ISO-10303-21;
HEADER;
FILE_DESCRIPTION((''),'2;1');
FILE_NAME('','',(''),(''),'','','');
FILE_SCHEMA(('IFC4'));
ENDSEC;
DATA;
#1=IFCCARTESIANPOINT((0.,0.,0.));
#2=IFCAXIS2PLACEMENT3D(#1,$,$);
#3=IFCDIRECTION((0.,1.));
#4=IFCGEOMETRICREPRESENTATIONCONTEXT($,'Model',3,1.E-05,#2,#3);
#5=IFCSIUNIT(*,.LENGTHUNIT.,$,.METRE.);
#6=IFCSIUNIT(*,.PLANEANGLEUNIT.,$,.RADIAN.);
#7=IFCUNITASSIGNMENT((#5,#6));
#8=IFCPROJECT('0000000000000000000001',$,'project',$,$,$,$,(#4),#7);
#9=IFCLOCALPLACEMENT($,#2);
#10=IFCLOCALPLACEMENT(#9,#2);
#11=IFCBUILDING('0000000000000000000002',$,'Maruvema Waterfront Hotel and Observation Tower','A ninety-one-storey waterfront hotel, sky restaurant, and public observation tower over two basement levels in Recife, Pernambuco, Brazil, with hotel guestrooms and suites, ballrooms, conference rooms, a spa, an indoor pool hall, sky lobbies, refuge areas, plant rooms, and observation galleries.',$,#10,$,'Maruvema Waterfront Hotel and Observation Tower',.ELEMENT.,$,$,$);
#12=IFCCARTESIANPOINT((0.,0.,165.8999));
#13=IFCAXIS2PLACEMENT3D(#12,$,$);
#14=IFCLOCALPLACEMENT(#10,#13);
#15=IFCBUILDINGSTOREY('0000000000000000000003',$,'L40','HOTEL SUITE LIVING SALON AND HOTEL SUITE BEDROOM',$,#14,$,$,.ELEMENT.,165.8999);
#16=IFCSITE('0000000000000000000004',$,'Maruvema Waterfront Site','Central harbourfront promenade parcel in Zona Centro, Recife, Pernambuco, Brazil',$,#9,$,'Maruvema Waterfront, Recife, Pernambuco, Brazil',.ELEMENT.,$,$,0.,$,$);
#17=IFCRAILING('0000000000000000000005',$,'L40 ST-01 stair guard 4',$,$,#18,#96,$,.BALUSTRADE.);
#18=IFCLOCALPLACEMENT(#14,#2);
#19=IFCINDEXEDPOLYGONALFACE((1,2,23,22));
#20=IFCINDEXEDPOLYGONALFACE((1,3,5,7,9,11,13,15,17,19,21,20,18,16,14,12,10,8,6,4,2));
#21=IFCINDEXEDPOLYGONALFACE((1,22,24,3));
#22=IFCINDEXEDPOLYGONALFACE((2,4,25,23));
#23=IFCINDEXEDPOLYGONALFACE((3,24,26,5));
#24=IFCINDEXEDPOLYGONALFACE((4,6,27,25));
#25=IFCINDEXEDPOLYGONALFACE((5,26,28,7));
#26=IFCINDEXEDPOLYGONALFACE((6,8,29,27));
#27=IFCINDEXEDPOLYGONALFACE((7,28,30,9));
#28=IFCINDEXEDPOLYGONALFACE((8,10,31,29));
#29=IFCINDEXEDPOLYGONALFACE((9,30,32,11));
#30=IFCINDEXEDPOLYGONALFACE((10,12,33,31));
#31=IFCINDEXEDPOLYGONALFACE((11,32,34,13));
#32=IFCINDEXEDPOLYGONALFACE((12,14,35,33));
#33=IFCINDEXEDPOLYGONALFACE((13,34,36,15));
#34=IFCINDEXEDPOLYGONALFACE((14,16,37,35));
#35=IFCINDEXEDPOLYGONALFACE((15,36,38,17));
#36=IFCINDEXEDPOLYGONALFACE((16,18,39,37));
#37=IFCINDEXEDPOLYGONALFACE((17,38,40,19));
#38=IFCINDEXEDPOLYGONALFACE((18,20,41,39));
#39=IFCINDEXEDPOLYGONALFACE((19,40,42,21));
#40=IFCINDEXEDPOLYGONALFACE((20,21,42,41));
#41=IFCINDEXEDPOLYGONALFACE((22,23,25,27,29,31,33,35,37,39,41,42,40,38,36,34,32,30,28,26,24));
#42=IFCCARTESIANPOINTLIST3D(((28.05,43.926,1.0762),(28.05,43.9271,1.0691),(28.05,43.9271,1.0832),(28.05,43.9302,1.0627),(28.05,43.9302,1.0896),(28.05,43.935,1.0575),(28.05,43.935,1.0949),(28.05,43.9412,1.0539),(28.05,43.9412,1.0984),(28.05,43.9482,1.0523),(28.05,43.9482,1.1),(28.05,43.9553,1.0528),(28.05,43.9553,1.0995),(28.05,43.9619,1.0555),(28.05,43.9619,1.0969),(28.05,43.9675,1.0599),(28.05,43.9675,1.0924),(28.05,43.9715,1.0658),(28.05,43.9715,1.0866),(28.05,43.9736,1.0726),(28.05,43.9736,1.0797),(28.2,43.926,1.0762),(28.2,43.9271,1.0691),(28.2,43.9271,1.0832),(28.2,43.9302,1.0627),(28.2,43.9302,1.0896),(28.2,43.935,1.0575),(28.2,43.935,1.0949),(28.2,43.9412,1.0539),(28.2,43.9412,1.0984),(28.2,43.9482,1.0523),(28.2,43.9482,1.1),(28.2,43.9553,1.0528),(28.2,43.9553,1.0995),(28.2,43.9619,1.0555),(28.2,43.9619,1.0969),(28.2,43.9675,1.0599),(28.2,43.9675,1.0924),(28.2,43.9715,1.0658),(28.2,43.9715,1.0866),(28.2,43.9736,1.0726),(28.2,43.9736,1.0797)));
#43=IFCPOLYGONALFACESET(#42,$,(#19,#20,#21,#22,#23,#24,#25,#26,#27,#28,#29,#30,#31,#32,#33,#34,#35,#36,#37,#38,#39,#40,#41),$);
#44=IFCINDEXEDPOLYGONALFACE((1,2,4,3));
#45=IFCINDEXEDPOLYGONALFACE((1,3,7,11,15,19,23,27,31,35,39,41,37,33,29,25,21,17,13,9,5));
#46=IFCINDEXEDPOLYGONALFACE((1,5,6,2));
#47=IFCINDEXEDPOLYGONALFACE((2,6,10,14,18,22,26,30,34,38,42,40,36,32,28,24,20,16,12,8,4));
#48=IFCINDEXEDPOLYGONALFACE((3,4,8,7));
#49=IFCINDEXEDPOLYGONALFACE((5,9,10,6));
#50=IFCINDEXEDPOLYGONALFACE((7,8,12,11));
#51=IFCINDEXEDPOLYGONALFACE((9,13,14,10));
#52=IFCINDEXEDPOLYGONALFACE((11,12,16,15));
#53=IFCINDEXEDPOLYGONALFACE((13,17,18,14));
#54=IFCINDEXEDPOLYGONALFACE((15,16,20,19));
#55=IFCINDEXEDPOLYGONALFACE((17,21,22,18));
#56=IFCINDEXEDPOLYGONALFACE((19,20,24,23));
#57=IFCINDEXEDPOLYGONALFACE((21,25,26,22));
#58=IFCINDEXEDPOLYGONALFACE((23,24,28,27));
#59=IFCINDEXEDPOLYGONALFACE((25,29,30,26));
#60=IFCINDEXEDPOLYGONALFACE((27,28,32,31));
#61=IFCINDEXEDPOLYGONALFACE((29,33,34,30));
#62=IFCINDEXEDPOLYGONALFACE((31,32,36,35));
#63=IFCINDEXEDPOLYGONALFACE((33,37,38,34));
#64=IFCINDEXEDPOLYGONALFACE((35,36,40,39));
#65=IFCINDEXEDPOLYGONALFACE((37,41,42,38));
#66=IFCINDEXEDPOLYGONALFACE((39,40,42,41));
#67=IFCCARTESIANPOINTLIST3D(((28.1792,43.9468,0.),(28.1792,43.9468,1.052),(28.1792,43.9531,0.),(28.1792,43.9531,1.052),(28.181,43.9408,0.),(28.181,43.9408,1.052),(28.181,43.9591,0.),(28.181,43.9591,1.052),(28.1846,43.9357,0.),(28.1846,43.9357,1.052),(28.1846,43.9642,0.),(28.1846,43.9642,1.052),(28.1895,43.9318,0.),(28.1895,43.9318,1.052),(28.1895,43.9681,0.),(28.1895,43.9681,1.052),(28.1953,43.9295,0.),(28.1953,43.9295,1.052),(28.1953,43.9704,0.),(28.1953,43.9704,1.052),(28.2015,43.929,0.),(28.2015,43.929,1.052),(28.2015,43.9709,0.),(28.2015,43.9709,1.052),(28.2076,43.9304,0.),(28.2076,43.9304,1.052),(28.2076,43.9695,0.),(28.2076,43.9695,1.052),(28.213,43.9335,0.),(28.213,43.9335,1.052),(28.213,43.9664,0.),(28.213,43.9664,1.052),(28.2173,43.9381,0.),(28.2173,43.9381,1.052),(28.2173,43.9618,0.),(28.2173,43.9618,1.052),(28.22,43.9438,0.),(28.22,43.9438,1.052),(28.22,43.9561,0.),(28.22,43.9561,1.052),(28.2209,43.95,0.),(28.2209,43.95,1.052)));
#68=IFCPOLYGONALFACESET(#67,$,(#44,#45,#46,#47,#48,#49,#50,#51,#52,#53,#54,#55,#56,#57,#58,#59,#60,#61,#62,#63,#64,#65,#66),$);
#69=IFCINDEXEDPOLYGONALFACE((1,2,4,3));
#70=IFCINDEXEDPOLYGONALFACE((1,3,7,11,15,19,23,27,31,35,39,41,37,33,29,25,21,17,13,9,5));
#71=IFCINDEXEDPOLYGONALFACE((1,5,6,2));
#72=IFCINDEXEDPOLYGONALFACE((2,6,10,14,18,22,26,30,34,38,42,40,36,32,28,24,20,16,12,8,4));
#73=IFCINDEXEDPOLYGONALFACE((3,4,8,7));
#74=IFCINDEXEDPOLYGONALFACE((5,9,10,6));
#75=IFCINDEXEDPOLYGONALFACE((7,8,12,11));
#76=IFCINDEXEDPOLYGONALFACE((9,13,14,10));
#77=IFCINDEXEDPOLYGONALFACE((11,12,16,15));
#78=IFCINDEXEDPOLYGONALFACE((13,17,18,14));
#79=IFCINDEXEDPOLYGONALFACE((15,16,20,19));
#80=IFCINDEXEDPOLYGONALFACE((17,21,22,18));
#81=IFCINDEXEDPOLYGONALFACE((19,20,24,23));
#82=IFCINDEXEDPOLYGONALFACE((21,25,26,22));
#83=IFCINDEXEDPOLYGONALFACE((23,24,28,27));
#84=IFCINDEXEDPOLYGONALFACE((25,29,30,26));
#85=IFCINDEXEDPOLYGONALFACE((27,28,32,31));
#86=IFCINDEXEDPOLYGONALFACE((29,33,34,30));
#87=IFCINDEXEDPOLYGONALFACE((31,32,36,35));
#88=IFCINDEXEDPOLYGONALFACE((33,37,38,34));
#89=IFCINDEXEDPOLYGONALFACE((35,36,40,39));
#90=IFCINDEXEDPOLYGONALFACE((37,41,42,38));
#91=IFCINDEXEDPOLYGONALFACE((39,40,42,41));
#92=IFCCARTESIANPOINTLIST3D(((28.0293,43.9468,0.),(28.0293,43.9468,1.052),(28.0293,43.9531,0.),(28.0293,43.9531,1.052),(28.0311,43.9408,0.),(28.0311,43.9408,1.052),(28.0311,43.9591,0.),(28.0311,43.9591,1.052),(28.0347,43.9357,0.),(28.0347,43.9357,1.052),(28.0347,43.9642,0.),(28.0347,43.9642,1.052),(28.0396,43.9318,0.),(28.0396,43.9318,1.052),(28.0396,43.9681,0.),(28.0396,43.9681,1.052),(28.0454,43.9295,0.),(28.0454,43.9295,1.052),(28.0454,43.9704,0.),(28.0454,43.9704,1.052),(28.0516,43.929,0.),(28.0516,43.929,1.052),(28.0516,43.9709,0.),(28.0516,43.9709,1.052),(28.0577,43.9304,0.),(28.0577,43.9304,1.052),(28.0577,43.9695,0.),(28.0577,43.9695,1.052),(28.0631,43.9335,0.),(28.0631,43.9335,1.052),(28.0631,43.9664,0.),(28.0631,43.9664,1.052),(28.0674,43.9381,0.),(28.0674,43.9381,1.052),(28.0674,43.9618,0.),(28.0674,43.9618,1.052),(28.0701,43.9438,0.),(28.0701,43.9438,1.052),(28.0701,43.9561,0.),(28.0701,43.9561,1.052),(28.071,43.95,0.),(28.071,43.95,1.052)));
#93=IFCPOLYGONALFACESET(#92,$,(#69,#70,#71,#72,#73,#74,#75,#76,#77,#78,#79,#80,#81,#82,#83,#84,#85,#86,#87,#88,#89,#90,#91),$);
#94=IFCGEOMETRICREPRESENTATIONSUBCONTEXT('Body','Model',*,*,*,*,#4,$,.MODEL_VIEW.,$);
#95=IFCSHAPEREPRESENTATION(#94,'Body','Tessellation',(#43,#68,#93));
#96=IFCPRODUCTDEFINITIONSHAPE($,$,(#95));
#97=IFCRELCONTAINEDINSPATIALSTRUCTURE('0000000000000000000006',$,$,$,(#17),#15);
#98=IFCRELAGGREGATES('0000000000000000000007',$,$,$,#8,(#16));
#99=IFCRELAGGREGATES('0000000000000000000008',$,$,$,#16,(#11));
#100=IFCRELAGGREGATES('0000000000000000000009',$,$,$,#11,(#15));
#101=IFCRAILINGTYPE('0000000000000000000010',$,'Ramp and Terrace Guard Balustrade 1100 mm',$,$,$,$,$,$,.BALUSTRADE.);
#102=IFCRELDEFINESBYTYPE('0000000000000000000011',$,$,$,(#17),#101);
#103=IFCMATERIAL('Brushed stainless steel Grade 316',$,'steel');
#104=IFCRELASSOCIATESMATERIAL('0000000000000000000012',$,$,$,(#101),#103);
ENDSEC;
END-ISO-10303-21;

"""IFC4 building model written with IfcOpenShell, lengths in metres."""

from ifc_helpers import new_model, si_unit, direction, frame, origin, origin_2d, place, context, subcontext, project, spatial, circle, extrude, material, type_object, element, save


model = new_model("IFC4")

# Units and contexts
model_context = context("Model", 3, precision=1e-05, world=origin(), true_north=direction((0.0, 1.0)))
body_context = subcontext(model_context, "Body", "Model", "MODEL_VIEW")
ifc_project = project(units=[si_unit("LENGTHUNIT", "METRE"), si_unit("PLANEANGLEUNIT", "RADIAN")], contexts=[model_context])

# Site, building, storey
site_placement = place(None, origin())
site = spatial("IfcSite", under=ifc_project, at=site_placement, Name="Maruvema Waterfront Site", Description="Central harbourfront promenade parcel in Zona Centro, Recife, Pernambuco, Brazil", LongName="Maruvema Waterfront, Recife, Pernambuco, Brazil", CompositionType="ELEMENT", RefElevation=0.0)
building_placement = place(site_placement, origin())
building = spatial("IfcBuilding", under=site, at=building_placement, Name="Maruvema Waterfront Hotel and Observation Tower", Description="A ninety-one-storey waterfront hotel, sky restaurant, and public observation tower over two basement levels in Recife, Pernambuco, Brazil, with hotel guestrooms and suites, ballrooms, conference rooms, a spa, an indoor pool hall, sky lobbies, refuge areas, plant rooms, and observation galleries.", LongName="Maruvema Waterfront Hotel and Observation Tower", CompositionType="ELEMENT")
storey_placement = place(building_placement, frame((0.0, 0.0, 165.8999)))
storey = spatial("IfcBuildingStorey", under=building, at=storey_placement, Name="L40", Description="HOTEL SUITE LIVING SALON AND HOTEL SUITE BEDROOM", CompositionType="ELEMENT", Elevation=165.8999)

# Railing
ifc_material_1 = material(Name="Brushed stainless steel Grade 316", Category="steel")
railing_type = type_object("IfcRailingType", Name="Ramp and Terrace Guard Balustrade 1100 mm", PredefinedType="BALUSTRADE", material=ifc_material_1)
railing_1_placement = place(storey_placement, frame((28.2, 43.95, 0.0)))
element("IfcRailing", 1, at=railing_1_placement, inside=storey, type_object=railing_type, Name="L40 ST-01 stair guard 4", PredefinedType="BALUSTRADE", context=body_context, shape_type="SweptSolid", body=[
    extrude(circle(Radius=0.0239, at=origin_2d()), frame((0.0, 0.0, 1.0762), z_axis=(-1.0, 0.0, 0.0), x_axis=(0.0, -1.0, 0.0)), (0.0, 0.0, 1.0), 0.1499),
    extrude(circle(Radius=0.021, at=origin_2d()), origin(), (0.0, 0.0, 1.0), 1.052),
    extrude(circle(Radius=0.021, at=origin_2d()), frame((-0.1499, 0.0, 0.0)), (0.0, 0.0, 1.0), 1.052),
])

save(model, "model.ifc")
